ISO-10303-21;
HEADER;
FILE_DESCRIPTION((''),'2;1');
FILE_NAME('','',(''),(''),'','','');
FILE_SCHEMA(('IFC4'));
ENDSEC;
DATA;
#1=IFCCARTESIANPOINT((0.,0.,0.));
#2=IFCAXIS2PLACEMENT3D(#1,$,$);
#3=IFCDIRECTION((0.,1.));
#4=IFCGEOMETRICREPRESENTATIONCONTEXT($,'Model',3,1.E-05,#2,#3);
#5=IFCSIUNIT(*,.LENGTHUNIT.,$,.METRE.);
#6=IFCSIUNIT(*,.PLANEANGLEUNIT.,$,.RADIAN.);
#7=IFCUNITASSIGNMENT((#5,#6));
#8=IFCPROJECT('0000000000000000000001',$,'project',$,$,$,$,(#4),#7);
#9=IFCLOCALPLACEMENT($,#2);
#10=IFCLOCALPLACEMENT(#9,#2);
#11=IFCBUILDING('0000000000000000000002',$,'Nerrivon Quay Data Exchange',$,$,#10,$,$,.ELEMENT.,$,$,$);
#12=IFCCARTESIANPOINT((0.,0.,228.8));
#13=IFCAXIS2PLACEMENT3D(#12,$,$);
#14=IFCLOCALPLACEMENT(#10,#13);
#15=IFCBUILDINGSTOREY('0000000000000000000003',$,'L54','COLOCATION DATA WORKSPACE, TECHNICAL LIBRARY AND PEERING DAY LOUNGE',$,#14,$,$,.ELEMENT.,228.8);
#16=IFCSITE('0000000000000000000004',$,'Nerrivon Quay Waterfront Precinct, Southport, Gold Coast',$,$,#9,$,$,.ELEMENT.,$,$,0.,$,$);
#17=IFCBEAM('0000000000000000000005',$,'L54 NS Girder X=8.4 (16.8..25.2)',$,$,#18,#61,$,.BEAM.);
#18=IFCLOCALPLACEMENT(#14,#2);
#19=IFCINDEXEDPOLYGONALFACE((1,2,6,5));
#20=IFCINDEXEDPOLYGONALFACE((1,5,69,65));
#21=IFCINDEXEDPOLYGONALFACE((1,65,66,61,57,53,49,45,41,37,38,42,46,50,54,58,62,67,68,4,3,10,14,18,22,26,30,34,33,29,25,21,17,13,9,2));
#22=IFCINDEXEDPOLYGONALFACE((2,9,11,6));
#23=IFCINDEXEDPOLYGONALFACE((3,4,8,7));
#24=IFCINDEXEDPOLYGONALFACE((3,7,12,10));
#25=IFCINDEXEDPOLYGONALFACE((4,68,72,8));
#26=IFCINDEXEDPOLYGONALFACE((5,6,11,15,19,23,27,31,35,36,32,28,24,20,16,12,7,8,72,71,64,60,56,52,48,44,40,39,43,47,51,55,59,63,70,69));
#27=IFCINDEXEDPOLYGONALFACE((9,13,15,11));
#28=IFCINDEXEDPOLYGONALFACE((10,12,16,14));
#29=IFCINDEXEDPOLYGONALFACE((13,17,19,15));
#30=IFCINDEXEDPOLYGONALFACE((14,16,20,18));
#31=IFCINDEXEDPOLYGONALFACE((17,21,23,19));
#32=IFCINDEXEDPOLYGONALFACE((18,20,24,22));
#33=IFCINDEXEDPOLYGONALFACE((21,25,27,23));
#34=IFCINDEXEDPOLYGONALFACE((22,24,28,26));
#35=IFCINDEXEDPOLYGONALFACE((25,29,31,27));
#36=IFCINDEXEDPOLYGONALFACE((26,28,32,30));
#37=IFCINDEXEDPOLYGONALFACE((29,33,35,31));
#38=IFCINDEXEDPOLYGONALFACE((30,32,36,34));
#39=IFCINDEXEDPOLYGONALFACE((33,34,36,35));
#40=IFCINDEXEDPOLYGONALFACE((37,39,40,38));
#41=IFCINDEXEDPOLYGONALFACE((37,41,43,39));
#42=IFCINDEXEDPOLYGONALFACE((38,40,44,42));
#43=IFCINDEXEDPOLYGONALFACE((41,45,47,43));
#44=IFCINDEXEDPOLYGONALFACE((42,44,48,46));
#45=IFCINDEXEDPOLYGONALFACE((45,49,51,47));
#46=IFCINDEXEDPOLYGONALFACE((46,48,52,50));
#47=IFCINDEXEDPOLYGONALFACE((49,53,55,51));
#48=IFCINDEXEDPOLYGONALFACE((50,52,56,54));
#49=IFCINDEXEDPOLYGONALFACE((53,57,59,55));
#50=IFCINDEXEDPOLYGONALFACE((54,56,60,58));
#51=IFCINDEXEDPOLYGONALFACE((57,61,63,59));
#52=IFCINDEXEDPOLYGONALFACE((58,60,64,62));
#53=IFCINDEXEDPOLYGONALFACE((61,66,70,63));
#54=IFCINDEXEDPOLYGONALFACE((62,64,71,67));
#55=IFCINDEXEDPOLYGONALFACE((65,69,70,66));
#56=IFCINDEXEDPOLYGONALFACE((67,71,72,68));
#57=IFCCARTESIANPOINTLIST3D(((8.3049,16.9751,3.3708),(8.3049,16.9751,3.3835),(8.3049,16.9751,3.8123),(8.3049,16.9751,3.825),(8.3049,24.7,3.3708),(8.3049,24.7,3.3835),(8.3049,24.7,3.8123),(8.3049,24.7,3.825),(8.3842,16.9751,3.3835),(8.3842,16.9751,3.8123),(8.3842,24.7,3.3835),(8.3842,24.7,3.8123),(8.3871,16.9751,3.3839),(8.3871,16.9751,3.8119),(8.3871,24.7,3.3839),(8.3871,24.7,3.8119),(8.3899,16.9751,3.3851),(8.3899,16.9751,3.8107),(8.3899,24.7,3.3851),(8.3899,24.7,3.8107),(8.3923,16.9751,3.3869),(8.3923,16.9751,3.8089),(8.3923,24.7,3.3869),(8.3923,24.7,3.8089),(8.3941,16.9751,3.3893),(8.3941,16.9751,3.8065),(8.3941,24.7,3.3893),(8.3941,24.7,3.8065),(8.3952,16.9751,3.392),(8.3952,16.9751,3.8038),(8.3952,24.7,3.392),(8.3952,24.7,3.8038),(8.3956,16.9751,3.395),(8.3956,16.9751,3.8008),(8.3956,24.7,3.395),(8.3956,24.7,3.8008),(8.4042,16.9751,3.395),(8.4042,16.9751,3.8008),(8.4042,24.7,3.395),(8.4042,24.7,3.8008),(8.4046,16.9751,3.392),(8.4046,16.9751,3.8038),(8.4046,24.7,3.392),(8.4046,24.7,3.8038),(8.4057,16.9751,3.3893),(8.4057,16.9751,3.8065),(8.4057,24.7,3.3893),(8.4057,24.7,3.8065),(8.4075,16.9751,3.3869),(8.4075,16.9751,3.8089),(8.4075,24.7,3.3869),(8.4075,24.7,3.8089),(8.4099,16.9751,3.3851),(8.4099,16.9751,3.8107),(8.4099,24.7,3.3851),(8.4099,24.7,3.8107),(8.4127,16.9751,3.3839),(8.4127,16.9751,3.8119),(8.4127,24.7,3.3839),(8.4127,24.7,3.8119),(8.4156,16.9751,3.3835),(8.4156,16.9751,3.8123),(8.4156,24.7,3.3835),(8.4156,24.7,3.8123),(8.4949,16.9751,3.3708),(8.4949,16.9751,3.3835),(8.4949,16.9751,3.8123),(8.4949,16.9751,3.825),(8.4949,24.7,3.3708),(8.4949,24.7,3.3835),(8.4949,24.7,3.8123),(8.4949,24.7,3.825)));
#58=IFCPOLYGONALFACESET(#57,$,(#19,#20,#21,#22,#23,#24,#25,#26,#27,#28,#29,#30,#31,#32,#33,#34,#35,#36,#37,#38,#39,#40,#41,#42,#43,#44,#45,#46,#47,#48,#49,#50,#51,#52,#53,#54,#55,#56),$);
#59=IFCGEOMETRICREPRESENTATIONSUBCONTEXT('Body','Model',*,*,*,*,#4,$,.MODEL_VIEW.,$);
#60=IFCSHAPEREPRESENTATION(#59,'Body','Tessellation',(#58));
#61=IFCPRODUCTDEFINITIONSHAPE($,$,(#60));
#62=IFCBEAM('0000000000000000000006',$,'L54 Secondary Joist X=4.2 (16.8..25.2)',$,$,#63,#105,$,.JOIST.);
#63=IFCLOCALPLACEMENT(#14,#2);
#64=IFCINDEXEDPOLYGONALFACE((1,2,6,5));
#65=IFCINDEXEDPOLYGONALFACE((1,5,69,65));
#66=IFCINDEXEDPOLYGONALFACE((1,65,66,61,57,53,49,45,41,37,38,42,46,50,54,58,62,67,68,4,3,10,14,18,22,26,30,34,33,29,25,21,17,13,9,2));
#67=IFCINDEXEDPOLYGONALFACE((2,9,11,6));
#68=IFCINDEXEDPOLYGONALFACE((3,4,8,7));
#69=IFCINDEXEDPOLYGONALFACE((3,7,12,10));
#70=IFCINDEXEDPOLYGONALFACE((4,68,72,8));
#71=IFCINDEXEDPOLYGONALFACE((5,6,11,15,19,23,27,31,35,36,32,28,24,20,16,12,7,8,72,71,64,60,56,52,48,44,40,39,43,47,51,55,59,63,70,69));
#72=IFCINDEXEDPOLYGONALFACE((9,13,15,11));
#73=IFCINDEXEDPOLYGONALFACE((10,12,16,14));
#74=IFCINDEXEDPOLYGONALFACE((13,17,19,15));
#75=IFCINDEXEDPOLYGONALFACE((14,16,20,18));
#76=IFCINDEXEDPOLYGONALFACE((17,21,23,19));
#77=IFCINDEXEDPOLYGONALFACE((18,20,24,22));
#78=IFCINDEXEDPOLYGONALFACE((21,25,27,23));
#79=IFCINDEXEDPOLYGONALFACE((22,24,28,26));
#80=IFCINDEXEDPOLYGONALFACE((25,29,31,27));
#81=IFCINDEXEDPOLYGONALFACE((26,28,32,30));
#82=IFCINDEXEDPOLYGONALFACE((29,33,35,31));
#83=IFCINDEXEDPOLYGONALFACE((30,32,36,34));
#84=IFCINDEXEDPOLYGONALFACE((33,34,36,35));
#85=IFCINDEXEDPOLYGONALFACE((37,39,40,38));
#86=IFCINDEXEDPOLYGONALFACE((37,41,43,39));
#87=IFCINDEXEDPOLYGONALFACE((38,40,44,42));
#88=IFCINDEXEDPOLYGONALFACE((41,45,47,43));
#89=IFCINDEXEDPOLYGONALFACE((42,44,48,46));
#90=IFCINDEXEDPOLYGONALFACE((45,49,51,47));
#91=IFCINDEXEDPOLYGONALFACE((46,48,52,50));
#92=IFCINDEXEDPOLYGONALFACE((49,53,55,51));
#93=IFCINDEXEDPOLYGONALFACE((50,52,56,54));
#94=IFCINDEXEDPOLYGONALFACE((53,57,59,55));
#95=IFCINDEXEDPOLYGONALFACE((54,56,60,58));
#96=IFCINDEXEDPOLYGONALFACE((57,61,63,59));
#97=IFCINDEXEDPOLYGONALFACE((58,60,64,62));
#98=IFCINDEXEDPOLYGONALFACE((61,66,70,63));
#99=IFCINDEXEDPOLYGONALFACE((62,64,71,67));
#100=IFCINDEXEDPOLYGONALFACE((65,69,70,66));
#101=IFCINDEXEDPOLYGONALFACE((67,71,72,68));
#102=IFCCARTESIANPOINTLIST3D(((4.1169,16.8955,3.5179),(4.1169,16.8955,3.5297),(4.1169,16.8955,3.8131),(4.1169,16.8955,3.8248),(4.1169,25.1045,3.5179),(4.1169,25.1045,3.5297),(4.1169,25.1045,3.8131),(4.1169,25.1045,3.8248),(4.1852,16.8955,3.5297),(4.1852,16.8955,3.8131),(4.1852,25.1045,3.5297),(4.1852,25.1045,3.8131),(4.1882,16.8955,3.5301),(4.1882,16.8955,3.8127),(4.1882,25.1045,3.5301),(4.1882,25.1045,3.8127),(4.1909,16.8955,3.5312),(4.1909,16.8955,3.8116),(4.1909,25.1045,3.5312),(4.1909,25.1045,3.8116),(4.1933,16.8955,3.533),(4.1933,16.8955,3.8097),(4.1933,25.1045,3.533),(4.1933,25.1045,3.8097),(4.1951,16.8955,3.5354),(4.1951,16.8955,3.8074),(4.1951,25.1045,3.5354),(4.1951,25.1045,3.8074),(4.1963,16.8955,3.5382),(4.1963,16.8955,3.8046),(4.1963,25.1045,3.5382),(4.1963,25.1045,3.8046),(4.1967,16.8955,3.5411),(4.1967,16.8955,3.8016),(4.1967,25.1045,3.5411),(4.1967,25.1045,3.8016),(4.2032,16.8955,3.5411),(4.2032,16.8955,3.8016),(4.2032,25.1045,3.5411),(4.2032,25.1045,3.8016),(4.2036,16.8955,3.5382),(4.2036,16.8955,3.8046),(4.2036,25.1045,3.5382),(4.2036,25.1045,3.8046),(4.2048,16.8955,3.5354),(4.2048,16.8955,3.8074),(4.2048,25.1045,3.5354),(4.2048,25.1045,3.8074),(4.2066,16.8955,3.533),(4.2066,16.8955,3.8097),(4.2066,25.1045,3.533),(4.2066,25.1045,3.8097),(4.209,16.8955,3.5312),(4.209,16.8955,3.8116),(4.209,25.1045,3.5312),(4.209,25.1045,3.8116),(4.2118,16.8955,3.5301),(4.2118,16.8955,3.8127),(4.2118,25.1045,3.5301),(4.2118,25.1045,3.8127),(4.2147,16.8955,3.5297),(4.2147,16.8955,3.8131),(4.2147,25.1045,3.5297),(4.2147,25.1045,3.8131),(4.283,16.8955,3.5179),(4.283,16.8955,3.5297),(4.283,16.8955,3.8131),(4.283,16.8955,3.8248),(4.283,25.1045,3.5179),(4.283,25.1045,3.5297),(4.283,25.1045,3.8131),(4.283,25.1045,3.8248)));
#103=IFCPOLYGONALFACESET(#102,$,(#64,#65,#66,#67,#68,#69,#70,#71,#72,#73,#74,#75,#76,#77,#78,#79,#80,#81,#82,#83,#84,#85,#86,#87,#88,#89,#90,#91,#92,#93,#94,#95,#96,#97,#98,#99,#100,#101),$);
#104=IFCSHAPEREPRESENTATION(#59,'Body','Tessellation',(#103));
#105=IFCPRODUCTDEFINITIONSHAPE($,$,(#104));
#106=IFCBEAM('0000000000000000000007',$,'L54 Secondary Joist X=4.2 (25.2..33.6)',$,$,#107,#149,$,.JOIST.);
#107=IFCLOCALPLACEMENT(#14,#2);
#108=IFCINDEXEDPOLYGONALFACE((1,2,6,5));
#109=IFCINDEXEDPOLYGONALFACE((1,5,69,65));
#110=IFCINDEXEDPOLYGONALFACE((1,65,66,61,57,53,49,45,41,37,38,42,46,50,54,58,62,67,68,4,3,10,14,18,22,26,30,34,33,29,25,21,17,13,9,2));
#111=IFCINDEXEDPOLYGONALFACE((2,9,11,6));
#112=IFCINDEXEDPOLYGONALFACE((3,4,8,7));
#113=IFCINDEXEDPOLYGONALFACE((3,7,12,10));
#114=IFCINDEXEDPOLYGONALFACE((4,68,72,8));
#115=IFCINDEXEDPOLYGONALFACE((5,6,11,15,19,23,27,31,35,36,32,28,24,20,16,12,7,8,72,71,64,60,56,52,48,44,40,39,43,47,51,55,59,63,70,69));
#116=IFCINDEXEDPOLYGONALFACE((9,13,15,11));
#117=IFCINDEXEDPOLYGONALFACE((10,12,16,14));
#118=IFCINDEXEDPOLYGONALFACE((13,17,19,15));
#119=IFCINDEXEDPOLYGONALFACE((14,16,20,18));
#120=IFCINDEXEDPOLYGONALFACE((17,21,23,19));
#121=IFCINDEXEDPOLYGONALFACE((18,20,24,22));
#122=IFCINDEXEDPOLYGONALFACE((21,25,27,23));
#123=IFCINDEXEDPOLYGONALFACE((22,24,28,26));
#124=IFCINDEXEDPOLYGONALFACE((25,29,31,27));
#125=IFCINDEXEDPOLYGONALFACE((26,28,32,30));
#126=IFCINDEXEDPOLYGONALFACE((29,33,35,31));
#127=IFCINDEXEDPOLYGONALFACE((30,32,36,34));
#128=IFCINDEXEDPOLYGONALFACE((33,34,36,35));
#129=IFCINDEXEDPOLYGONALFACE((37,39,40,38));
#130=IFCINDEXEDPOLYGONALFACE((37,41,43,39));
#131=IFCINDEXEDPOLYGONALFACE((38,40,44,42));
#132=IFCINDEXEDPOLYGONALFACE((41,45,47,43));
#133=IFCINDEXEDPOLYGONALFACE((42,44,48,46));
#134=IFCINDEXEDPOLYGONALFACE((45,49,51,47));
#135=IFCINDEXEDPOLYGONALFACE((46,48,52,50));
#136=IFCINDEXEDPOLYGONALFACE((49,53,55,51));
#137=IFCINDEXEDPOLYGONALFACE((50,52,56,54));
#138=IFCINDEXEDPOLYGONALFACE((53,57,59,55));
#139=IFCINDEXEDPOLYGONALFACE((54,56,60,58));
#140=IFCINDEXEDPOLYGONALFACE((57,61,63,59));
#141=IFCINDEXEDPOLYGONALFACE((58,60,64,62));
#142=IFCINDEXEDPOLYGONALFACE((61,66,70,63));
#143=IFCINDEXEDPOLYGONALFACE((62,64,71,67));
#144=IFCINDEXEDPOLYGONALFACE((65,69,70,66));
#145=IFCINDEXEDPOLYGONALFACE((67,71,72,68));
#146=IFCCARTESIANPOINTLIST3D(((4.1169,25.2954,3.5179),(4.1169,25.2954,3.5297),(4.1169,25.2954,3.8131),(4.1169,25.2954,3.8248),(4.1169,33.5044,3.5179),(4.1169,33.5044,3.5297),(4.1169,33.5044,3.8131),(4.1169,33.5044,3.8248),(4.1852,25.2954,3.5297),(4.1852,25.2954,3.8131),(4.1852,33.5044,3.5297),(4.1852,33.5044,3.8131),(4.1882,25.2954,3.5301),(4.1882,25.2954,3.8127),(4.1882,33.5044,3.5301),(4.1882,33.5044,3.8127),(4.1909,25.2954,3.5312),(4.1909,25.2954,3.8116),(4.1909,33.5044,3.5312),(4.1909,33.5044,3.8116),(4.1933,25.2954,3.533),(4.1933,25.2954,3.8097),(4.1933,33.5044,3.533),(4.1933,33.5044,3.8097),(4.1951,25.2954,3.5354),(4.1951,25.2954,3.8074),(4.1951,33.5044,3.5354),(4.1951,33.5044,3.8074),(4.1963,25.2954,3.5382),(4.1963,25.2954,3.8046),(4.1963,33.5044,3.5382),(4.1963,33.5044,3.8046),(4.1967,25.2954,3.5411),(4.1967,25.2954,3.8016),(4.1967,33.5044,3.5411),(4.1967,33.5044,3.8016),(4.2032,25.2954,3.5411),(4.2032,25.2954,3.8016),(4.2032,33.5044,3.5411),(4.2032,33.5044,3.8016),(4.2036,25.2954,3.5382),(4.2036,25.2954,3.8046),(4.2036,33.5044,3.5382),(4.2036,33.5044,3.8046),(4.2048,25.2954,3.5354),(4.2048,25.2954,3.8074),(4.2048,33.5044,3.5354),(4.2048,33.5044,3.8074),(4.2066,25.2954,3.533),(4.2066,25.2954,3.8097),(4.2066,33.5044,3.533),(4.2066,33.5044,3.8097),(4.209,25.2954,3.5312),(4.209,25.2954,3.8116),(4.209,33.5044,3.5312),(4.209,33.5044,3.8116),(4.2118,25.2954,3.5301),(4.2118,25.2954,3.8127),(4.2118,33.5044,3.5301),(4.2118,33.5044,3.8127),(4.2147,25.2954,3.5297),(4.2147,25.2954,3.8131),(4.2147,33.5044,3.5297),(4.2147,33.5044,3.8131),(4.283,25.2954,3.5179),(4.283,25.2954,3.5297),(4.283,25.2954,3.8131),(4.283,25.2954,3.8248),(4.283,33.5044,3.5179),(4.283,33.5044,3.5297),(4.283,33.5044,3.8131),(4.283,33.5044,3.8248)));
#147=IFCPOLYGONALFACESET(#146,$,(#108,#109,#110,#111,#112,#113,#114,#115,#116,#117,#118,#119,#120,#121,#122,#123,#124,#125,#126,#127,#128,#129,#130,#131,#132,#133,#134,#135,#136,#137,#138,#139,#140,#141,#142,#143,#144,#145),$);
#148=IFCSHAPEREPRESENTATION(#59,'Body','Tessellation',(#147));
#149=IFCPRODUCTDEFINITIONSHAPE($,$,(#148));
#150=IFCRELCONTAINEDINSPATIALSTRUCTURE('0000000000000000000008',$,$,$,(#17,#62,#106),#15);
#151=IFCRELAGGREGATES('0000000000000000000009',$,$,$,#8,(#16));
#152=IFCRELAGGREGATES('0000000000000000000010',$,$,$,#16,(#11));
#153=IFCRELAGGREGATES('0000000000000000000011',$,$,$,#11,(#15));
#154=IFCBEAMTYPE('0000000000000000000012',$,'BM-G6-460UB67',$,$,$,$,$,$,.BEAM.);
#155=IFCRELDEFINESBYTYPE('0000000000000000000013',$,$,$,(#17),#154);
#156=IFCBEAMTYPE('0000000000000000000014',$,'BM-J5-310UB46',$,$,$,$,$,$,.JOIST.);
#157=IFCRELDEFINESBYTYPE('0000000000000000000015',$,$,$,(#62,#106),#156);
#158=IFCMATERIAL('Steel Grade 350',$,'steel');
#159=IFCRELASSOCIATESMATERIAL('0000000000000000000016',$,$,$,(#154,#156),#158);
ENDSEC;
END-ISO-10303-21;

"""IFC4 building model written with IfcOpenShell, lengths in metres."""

from ifc_helpers import new_model, si_unit, direction, frame, origin, origin_2d, place, context, subcontext, project, spatial, i_section, extrude, material, material_profile, profile_set, type_object, element, save


model = new_model("IFC4")

# Units and contexts
model_context = context("Model", 3, precision=1e-05, world=origin(), true_north=direction((0.0, 1.0)))
body_context = subcontext(model_context, "Body", "Model", "MODEL_VIEW")
ifc_project = project(units=[si_unit("LENGTHUNIT", "METRE"), si_unit("PLANEANGLEUNIT", "RADIAN")], contexts=[model_context])

# Site, building, storey
site_placement = place(None, origin())
site = spatial("IfcSite", under=ifc_project, at=site_placement, Name="Nerrivon Quay Waterfront Precinct, Southport, Gold Coast", CompositionType="ELEMENT", RefElevation=0.0)
building_placement = place(site_placement, origin())
building = spatial("IfcBuilding", under=site, at=building_placement, Name="Nerrivon Quay Data Exchange", CompositionType="ELEMENT")
storey_placement = place(building_placement, frame((0.0, 0.0, 228.8)))
storey = spatial("IfcBuildingStorey", under=building, at=storey_placement, Name="L54", Description="COLOCATION DATA WORKSPACE, TECHNICAL LIBRARY AND PEERING DAY LOUNGE", CompositionType="ELEMENT", Elevation=228.8)

# Shared definitions
ifc_material_1 = material(Name="Steel Grade 350", Category="steel")

# Beams
ifc_material_profile_1 = material_profile(ifc_material_1, i_section(OverallWidth=0.1899, OverallDepth=0.4541, WebThickness=0.0085, FlangeThickness=0.0127, FilletRadius=0.0115, at=origin_2d()), Name="460UB67.1")
ifc_profile_set_1 = profile_set([ifc_material_profile_1], Name="Steel Grade 350")
beam_type_1 = type_object("IfcBeamType", Name="BM-G6-460UB67", PredefinedType="BEAM", material=ifc_profile_set_1)
beam_1_placement = place(storey_placement, frame((8.3999, 16.9751, 3.5979), z_axis=(0.0, 1.0, 0.0), x_axis=(-1.0, 0.0, 0.0)))
element("IfcBeam", 1, at=beam_1_placement, inside=storey, type_object=beam_type_1, Name="L54 NS Girder X=8.4 (16.8..25.2)", PredefinedType="BEAM", context=body_context, shape_type="SweptSolid", body=[
    extrude(i_section(OverallWidth=0.1899, OverallDepth=0.4541, WebThickness=0.0085, FlangeThickness=0.0127, FilletRadius=0.0115, at=origin_2d()), origin(), (0.0, 0.0, 1.0), 7.7249),
])
ifc_material_profile_2 = material_profile(ifc_material_1, i_section(OverallWidth=0.166, OverallDepth=0.3069, WebThickness=0.0066, FlangeThickness=0.0117, FilletRadius=0.0115, at=origin_2d()), Name="310UB46.2")
ifc_profile_set_2 = profile_set([ifc_material_profile_2], Name="Steel Grade 350")
beam_type_2 = type_object("IfcBeamType", Name="BM-J5-310UB46", PredefinedType="JOIST", material=ifc_profile_set_2)
for number, where, z_axis, x_axis, name in (
    (2, (4.2, 16.8955, 3.6714), (0.0, 1.0, 0.0), (-1.0, 0.0, 0.0), "L54 Secondary Joist X=4.2 (16.8..25.2)"),
    (3, (4.2, 25.2954, 3.6714), (0.0, 1.0, 0.0), (-1.0, 0.0, 0.0), "L54 Secondary Joist X=4.2 (25.2..33.6)"),
):
    element("IfcBeam", number, at=place(storey_placement, frame(where, z_axis=z_axis, x_axis=x_axis)), inside=storey, type_object=beam_type_2, Name=name, PredefinedType="JOIST", context=body_context, shape_type="SweptSolid", body=[
        extrude(i_section(OverallWidth=0.166, OverallDepth=0.3069, WebThickness=0.0066, FlangeThickness=0.0117, FilletRadius=0.0115, at=origin_2d()), origin(), (0.0, 0.0, 1.0), 8.209),
    ])

save(model, "model.ifc")
